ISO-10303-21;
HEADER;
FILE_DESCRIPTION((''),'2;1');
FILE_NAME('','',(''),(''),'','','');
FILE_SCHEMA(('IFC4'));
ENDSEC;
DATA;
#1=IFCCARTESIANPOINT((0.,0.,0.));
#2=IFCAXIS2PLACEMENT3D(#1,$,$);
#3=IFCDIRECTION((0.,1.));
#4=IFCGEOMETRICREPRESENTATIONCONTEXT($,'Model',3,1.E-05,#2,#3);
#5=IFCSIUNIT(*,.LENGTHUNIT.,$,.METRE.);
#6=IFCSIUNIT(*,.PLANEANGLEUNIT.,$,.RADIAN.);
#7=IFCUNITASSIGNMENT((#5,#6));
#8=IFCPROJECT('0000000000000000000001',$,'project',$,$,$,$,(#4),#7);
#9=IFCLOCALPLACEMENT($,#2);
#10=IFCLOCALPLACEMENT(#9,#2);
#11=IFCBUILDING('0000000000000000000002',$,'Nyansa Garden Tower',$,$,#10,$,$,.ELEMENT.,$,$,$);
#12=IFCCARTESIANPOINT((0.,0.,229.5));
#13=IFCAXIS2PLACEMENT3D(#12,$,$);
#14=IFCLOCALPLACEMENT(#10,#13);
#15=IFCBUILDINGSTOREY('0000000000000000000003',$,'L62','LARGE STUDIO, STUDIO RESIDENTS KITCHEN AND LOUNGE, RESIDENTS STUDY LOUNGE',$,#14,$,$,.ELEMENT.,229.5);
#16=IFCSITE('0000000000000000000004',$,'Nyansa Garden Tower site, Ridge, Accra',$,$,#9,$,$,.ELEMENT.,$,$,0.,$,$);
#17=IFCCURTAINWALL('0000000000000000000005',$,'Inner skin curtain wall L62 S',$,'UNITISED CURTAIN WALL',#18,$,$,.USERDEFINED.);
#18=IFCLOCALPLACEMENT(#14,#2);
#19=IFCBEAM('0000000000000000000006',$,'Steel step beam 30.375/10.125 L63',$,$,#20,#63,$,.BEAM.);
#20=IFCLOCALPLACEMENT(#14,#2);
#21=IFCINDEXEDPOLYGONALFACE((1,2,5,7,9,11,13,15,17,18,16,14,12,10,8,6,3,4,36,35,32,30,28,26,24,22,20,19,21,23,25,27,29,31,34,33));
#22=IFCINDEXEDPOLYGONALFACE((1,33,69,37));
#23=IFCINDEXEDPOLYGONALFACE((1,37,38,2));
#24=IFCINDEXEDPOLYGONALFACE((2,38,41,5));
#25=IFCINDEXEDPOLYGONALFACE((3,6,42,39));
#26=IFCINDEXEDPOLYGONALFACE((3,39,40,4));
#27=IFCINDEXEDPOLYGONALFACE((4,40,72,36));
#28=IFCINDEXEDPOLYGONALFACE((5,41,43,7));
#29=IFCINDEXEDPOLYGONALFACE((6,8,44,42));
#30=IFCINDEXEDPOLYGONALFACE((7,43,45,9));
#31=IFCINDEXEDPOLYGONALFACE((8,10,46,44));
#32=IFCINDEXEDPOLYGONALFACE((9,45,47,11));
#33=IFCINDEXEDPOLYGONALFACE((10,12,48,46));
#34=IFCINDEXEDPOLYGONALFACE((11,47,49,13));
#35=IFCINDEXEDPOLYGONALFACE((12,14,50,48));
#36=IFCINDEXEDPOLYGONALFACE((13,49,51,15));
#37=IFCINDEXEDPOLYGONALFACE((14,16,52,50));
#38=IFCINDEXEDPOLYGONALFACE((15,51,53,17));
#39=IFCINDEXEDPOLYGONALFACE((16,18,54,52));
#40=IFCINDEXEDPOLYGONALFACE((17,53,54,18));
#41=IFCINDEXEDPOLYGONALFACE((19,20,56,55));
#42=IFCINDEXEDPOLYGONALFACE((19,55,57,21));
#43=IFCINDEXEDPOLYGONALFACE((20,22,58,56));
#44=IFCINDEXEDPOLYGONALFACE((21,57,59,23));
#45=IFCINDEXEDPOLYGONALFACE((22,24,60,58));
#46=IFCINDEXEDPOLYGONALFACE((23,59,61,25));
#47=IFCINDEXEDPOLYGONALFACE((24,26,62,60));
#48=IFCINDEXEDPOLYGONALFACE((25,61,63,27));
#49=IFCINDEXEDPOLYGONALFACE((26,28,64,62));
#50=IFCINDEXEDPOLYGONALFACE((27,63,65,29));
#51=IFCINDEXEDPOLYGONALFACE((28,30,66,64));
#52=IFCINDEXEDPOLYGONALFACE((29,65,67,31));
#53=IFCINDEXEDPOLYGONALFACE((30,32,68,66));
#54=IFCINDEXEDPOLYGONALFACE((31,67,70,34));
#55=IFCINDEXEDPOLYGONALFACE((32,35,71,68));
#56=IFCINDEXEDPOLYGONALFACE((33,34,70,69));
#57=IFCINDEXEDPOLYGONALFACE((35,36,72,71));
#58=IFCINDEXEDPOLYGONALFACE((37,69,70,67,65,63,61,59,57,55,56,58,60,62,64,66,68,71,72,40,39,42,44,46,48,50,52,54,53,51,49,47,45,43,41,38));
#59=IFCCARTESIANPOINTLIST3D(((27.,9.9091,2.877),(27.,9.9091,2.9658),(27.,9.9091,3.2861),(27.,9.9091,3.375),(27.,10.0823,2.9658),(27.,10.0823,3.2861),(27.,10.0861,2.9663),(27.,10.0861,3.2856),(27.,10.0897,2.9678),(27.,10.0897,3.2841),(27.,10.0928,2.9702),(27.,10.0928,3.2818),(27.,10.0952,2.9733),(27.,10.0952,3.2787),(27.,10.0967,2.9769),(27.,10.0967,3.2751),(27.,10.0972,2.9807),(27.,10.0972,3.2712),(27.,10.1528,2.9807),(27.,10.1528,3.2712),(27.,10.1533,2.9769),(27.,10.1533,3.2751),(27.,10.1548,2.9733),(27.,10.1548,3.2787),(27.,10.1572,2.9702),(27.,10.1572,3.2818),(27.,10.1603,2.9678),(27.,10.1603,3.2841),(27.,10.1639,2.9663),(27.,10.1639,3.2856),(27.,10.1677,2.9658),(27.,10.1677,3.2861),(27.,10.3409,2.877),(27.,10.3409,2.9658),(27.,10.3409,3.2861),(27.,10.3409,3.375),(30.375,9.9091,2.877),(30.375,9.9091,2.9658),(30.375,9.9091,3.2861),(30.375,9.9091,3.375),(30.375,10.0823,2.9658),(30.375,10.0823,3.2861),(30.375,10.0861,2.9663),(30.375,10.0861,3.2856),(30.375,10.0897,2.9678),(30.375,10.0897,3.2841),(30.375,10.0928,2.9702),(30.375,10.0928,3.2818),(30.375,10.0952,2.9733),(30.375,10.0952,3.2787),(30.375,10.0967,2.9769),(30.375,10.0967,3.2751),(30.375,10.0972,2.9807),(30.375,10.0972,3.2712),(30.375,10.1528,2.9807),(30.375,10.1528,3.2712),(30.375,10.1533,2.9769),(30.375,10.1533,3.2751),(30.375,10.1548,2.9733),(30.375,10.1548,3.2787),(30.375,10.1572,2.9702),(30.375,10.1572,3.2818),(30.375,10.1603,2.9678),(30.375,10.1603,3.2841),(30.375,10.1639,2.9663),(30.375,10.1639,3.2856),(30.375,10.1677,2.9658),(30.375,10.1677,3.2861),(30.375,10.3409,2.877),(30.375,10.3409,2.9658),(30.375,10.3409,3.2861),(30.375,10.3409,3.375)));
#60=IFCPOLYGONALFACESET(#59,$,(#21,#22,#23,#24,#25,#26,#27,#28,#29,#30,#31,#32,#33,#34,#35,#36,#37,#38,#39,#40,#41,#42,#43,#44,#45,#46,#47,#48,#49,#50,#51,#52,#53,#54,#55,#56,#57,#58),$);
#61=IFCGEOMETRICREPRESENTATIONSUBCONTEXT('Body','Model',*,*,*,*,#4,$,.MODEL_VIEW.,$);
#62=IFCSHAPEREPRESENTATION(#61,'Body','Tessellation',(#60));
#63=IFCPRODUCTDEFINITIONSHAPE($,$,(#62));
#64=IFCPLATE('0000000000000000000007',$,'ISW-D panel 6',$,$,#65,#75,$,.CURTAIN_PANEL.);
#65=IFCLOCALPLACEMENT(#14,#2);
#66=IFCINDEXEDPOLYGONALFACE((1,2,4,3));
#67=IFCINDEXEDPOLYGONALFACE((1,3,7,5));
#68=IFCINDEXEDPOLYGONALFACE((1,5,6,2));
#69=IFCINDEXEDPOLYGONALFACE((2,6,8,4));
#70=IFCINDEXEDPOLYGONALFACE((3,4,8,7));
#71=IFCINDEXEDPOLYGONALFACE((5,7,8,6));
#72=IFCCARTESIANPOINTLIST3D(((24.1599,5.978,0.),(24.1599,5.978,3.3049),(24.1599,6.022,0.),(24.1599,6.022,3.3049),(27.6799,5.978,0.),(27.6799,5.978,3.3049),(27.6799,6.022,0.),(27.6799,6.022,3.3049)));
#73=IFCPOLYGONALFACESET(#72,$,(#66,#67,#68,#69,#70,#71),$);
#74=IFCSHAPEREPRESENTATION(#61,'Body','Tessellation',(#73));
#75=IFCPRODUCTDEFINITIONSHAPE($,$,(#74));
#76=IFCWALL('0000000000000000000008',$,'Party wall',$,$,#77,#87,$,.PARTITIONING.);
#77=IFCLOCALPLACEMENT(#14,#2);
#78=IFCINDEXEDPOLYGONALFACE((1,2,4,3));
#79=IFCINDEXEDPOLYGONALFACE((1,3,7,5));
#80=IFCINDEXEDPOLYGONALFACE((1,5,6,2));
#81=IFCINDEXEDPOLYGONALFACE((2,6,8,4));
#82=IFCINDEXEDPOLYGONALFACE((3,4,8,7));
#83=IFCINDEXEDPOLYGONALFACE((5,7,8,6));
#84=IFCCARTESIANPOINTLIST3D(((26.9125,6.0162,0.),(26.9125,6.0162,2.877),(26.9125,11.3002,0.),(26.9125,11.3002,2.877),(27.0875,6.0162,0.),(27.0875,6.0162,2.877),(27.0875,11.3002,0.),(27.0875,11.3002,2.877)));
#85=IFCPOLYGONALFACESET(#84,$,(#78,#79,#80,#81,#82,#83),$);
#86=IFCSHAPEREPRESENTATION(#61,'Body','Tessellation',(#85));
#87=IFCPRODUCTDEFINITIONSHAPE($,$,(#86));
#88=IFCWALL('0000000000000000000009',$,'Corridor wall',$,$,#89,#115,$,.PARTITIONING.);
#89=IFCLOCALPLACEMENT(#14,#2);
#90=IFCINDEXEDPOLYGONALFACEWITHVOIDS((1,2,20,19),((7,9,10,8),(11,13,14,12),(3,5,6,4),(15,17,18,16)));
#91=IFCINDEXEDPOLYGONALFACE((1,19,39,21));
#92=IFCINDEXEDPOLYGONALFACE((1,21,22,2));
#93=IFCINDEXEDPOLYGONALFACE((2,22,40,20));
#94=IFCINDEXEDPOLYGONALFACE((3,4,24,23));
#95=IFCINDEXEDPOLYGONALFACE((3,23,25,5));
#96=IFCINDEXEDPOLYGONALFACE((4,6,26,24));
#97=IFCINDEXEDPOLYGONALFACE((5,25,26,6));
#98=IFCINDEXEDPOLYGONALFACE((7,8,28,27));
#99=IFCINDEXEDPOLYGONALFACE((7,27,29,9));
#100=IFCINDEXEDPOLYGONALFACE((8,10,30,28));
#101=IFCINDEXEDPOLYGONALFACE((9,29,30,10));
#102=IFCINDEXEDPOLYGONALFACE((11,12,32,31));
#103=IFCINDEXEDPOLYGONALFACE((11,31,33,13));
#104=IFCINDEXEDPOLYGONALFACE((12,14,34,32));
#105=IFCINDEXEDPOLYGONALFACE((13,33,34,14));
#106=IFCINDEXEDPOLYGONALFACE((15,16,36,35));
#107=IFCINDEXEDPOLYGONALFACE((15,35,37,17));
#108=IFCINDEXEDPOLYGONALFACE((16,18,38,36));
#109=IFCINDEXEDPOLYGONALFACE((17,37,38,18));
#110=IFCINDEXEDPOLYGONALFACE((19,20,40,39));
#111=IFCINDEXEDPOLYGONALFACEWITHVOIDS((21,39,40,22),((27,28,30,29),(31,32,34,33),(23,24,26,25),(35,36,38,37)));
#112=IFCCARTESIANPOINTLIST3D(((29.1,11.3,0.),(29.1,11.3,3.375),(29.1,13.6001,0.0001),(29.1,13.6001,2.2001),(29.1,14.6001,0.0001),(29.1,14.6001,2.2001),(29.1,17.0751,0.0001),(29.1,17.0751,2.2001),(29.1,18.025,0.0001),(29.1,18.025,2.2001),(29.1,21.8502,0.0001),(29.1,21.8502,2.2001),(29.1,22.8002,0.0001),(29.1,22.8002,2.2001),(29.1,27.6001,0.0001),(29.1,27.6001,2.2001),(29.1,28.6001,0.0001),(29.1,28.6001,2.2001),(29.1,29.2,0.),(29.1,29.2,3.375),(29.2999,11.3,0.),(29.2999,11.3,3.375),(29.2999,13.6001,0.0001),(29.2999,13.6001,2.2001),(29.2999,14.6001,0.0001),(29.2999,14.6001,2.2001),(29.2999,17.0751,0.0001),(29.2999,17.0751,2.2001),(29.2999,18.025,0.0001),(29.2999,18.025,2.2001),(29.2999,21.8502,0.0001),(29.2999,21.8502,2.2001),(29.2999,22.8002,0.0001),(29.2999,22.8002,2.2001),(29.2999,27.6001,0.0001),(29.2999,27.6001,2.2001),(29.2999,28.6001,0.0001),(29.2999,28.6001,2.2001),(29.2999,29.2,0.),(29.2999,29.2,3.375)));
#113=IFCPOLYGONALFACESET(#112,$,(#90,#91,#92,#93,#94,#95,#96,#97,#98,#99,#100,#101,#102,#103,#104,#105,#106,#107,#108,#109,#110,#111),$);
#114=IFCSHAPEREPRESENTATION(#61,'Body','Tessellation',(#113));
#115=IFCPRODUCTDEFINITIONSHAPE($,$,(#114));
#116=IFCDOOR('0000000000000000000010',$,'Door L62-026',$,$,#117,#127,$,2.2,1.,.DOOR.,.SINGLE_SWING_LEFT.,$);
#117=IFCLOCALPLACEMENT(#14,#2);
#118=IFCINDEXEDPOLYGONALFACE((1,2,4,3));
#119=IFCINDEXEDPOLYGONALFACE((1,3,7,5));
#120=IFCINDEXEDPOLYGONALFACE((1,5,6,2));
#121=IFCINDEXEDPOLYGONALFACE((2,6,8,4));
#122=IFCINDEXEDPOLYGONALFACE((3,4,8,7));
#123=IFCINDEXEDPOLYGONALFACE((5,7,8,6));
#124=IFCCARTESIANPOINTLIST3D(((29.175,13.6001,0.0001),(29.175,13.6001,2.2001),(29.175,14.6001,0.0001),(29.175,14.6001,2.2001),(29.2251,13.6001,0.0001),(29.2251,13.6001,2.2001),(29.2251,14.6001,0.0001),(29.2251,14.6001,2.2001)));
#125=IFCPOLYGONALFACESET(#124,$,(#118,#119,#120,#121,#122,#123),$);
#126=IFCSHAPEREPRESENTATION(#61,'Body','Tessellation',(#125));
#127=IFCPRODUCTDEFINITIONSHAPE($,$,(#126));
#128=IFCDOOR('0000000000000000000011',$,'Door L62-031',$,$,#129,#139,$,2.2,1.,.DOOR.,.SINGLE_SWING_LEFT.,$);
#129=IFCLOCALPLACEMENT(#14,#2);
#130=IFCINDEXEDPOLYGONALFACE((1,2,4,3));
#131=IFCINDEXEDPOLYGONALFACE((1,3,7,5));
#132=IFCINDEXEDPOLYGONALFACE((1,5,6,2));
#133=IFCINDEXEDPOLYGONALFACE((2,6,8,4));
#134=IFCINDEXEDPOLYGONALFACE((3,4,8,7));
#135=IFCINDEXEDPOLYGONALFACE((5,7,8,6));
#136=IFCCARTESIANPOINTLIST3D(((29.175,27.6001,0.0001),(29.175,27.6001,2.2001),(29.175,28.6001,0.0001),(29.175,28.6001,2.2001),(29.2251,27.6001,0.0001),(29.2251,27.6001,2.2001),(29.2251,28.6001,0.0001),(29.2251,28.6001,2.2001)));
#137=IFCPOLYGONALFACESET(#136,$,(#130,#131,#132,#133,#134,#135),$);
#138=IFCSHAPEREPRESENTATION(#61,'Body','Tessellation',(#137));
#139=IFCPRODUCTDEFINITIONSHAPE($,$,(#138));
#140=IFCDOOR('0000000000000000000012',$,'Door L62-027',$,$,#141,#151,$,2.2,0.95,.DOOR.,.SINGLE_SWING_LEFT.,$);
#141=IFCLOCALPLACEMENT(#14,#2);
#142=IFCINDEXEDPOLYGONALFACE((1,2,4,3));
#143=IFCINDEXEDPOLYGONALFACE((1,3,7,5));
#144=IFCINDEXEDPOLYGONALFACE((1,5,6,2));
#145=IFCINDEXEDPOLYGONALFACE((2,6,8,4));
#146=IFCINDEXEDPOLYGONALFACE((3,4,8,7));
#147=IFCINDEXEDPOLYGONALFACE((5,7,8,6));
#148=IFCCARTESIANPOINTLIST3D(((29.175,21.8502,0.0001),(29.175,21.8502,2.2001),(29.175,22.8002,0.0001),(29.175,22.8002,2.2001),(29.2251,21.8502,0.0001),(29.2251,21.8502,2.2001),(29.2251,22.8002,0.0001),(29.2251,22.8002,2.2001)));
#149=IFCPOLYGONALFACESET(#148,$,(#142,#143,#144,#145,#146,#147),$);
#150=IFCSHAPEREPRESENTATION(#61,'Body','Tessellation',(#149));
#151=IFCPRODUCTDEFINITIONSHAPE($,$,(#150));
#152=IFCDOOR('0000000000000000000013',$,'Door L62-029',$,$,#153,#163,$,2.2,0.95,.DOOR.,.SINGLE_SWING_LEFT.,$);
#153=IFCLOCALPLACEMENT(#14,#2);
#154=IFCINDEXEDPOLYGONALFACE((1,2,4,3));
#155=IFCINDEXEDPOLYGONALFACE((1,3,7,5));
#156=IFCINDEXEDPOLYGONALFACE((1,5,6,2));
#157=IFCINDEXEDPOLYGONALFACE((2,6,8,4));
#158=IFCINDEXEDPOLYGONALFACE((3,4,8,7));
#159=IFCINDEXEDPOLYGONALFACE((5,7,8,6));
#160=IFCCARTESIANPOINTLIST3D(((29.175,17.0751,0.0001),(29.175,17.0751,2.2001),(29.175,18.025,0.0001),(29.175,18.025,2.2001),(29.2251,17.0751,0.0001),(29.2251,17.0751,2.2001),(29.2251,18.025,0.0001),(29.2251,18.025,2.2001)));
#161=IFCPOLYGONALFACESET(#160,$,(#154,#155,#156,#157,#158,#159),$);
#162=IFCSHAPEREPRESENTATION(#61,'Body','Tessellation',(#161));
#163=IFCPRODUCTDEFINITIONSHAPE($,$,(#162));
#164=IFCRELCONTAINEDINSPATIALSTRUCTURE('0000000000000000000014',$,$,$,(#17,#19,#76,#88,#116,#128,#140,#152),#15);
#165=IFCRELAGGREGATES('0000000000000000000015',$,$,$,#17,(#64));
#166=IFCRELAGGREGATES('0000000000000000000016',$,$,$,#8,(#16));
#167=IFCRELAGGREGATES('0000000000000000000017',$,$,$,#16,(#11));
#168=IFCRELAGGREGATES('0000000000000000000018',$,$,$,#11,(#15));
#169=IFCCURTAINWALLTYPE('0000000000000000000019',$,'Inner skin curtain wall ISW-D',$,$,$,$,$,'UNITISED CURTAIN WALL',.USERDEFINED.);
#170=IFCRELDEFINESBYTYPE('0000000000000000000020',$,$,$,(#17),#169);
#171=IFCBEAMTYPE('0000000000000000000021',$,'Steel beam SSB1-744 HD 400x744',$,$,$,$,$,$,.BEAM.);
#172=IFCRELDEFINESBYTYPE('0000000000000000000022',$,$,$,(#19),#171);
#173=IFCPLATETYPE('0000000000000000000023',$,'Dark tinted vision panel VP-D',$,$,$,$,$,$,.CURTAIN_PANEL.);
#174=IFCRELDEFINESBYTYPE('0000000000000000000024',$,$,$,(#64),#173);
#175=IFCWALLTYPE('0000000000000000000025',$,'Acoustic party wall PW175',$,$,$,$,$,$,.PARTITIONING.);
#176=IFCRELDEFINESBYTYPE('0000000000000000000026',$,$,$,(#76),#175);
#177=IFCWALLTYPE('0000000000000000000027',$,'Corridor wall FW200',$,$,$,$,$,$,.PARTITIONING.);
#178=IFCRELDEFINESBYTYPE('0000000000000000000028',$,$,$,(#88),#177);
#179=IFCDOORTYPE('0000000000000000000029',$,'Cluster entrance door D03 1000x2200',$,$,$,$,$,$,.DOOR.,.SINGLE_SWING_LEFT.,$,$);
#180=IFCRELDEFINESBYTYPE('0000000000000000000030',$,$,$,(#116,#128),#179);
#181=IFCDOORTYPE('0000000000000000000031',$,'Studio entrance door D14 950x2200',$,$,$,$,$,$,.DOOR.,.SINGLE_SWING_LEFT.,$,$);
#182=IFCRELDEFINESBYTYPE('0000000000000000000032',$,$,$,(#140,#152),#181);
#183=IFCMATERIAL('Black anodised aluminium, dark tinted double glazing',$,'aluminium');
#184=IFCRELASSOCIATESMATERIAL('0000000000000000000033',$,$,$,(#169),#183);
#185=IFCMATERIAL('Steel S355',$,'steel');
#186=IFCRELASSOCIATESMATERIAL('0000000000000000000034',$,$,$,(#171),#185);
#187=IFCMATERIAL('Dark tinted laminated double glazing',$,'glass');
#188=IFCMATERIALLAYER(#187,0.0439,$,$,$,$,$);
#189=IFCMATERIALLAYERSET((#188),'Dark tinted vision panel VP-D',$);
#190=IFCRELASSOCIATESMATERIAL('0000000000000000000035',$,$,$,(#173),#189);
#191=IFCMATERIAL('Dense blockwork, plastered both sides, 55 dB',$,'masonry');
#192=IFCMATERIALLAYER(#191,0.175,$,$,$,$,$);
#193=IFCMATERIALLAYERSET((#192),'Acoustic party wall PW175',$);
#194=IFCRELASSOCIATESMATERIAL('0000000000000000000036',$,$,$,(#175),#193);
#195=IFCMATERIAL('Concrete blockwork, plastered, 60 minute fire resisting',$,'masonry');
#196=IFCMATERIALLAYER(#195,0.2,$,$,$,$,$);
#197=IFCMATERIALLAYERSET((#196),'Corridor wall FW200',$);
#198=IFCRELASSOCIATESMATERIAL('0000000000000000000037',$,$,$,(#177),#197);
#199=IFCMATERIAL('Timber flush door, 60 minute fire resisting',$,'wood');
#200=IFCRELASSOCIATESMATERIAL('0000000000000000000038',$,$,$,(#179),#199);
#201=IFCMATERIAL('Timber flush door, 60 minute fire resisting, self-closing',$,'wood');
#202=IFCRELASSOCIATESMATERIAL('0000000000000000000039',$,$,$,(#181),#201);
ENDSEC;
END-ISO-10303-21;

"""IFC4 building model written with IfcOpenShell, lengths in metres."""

from ifc_helpers import new_model, si_unit, direction, frame, frame_2d, origin, origin_2d, place, context, subcontext, project, spatial, rectangle, i_section, extrude, material, layer, layer_set, material_profile, profile_set, type_object, element, fill, aggregate, save


model = new_model("IFC4")

# Units and contexts
model_context = context("Model", 3, precision=1e-05, world=origin(), true_north=direction((0.0, 1.0)))
body_context = subcontext(model_context, "Body", "Model", "MODEL_VIEW")
ifc_project = project(units=[si_unit("LENGTHUNIT", "METRE"), si_unit("PLANEANGLEUNIT", "RADIAN")], contexts=[model_context])

# Site, building, storey
site_placement = place(None, origin())
site = spatial("IfcSite", under=ifc_project, at=site_placement, Name="Nyansa Garden Tower site, Ridge, Accra", CompositionType="ELEMENT", RefElevation=0.0)
building_placement = place(site_placement, origin())
building = spatial("IfcBuilding", under=site, at=building_placement, Name="Nyansa Garden Tower", CompositionType="ELEMENT")
storey_placement = place(building_placement, frame((0.0, 0.0, 229.5)))
storey = spatial("IfcBuildingStorey", under=building, at=storey_placement, Name="L62", Description="LARGE STUDIO, STUDIO RESIDENTS KITCHEN AND LOUNGE, RESIDENTS STUDY LOUNGE", CompositionType="ELEMENT", Elevation=229.5)

# Curtain wall
ifc_material_1 = material(Name="Black anodised aluminium, dark tinted double glazing", Category="aluminium")
curtain_wall_type = type_object("IfcCurtainWallType", Name="Inner skin curtain wall ISW-D", ElementType="UNITISED CURTAIN WALL", PredefinedType="USERDEFINED", material=ifc_material_1)
curtain_wall_1_placement = place(storey_placement, origin())
curtain_wall_1 = element("IfcCurtainWall", 1, at=curtain_wall_1_placement, inside=storey, type_object=curtain_wall_type, Name="Inner skin curtain wall L62 S", ObjectType="UNITISED CURTAIN WALL", PredefinedType="USERDEFINED")

# Beam
ifc_material_2 = material(Name="Steel S355", Category="steel")
ifc_material_profile_1 = material_profile(ifc_material_2, i_section(OverallWidth=0.4319, OverallDepth=0.498, WebThickness=0.0557, FlangeThickness=0.0889, FilletRadius=0.0149, at=origin_2d()), Name="HD 400x744")
ifc_profile_set_1 = profile_set([ifc_material_profile_1], Name="Steel S355")
beam_type_1 = type_object("IfcBeamType", Name="Steel beam SSB1-744 HD 400x744", PredefinedType="BEAM", material=ifc_profile_set_1)
for number, where, z_axis, x_axis, name in (
    (2, (30.375, 10.125, 3.126), (-1.0, 0.0, 0.0), (0.0, -1.0, 0.0), "Steel step beam 30.375/10.125 L63"),
):
    element("IfcBeam", number, at=place(storey_placement, frame(where, z_axis=z_axis, x_axis=x_axis)), inside=storey, type_object=beam_type_1, Name=name, PredefinedType="BEAM", context=body_context, shape_type="SweptSolid", body=[
        extrude(i_section(OverallWidth=0.4319, OverallDepth=0.498, WebThickness=0.0557, FlangeThickness=0.0889, FilletRadius=0.0149, at=origin_2d()), origin(), (0.0, 0.0, 1.0), 3.375),
    ])

# Plate
ifc_material_3 = material(Name="Dark tinted laminated double glazing", Category="glass")
ifc_layer_1 = layer(ifc_material_3, 0.0439)
ifc_layer_set_1 = layer_set([ifc_layer_1], Name="Dark tinted vision panel VP-D")
plate_type = type_object("IfcPlateType", Name="Dark tinted vision panel VP-D", PredefinedType="CURTAIN_PANEL", material=ifc_layer_set_1)
plate_placement = place(storey_placement, frame((25.9199, 6.0, 0.0), z_axis=(0.0, 0.0, 1.0), x_axis=(1.0, 0.0, 0.0)))
plate = element("IfcPlate", 3, at=plate_placement, type_object=plate_type, Name="ISW-D panel 6", PredefinedType="CURTAIN_PANEL", context=body_context, shape_type="SweptSolid", body=[
    extrude(rectangle(XDim=3.52, YDim=0.0439, at=origin_2d()), origin(), (0.0, 0.0, 1.0), 3.3049),
])
aggregate(curtain_wall_1, [plate])

# Wall
ifc_material_4 = material(Name="Dense blockwork, plastered both sides, 55 dB", Category="masonry")
ifc_layer_2 = layer(ifc_material_4, 0.175)
ifc_layer_set_2 = layer_set([ifc_layer_2], Name="Acoustic party wall PW175")
wall_type_1 = type_object("IfcWallType", Name="Acoustic party wall PW175", PredefinedType="PARTITIONING", material=ifc_layer_set_2)
wall_1_placement = place(storey_placement, frame((27.0, 6.0161, 0.0), z_axis=(0.0, 0.0, 1.0), x_axis=(0.0, 1.0, 0.0)))
element("IfcWall", 4, at=wall_1_placement, inside=storey, type_object=wall_type_1, Name="Party wall", PredefinedType="PARTITIONING", context=body_context, shape_type="SweptSolid", body=[
    extrude(rectangle(XDim=5.2839, YDim=0.175, at=frame_2d((2.6421, 0.0))), origin(), (0.0, 0.0, 1.0), 2.877),
])

# Wall, openings, doors
ifc_material_5 = material(Name="Concrete blockwork, plastered, 60 minute fire resisting", Category="masonry")
ifc_layer_3 = layer(ifc_material_5, 0.2)
ifc_layer_set_3 = layer_set([ifc_layer_3], Name="Corridor wall FW200")
wall_type_2 = type_object("IfcWallType", Name="Corridor wall FW200", PredefinedType="PARTITIONING", material=ifc_layer_set_3)
wall_2_placement = place(storey_placement, frame((29.2, 11.3, 0.0), z_axis=(0.0, 0.0, 1.0), x_axis=(0.0, 1.0, 0.0)))
wall_2 = element("IfcWall", 5, at=wall_2_placement, inside=storey, type_object=wall_type_2, Name="Corridor wall", PredefinedType="PARTITIONING", context=body_context, shape_type="SweptSolid", body=[
    extrude(rectangle(XDim=17.8999, YDim=0.2, at=frame_2d((8.95, 0.0))), origin(), (0.0, 0.0, 1.0), 3.375),
])
opening_1_placement = place(wall_2_placement, frame((2.3, 0.0, 0.0)))
opening_1 = element("IfcOpeningElement", 6, at=opening_1_placement, cuts=wall_2, PredefinedType="OPENING", context=body_context, shape_type="SweptSolid", body=[
    extrude(rectangle(XDim=1.0, YDim=2.2, at=frame_2d((0.5, 1.1001))), frame((0.0, 0.1099, 0.0), z_axis=(0.0, -1.0, 0.0), x_axis=(1.0, 0.0, 0.0)), (0.0, 0.0, 1.0), 0.22),
])
opening_2_placement = place(wall_2_placement, frame((10.55, 0.0, 0.0)))
opening_2 = element("IfcOpeningElement", 7, at=opening_2_placement, cuts=wall_2, PredefinedType="OPENING", context=body_context, shape_type="SweptSolid", body=[
    extrude(rectangle(XDim=0.95, YDim=2.2, at=frame_2d((0.4751, 1.1001))), frame((0.0, 0.1099, 0.0), z_axis=(0.0, -1.0, 0.0), x_axis=(1.0, 0.0, 0.0)), (0.0, 0.0, 1.0), 0.22),
])
opening_3_placement = place(wall_2_placement, frame((5.7749, 0.0, 0.0)))
opening_3 = element("IfcOpeningElement", 8, at=opening_3_placement, cuts=wall_2, PredefinedType="OPENING", context=body_context, shape_type="SweptSolid", body=[
    extrude(rectangle(XDim=0.95, YDim=2.2, at=frame_2d((0.4751, 1.1001))), frame((0.0, 0.1099, 0.0), z_axis=(0.0, -1.0, 0.0), x_axis=(1.0, 0.0, 0.0)), (0.0, 0.0, 1.0), 0.22),
])
opening_4_placement = place(wall_2_placement, frame((16.3, 0.0, 0.0)))
opening_4 = element("IfcOpeningElement", 9, at=opening_4_placement, cuts=wall_2, PredefinedType="OPENING", context=body_context, shape_type="SweptSolid", body=[
    extrude(rectangle(XDim=1.0, YDim=2.2, at=frame_2d((0.5, 1.1001))), frame((0.0, 0.1099, 0.0), z_axis=(0.0, -1.0, 0.0), x_axis=(1.0, 0.0, 0.0)), (0.0, 0.0, 1.0), 0.22),
])
ifc_material_6 = material(Name="Timber flush door, 60 minute fire resisting", Category="wood")
door_type_1 = type_object("IfcDoorType", Name="Cluster entrance door D03 1000x2200", OperationType="SINGLE_SWING_LEFT", PredefinedType="DOOR", material=ifc_material_6)
door_1_placement = place(opening_1_placement, origin())
door_1 = element("IfcDoor", 10, at=door_1_placement, inside=storey, type_object=door_type_1, Name="Door L62-026", OperationType="SINGLE_SWING_LEFT", OverallHeight=2.2, OverallWidth=1.0, PredefinedType="DOOR", context=body_context, shape_type="SweptSolid", body=[
    extrude(rectangle(XDim=1.0, YDim=2.2, at=frame_2d((0.5, 1.1001))), frame((0.0, 0.0249, 0.0), z_axis=(0.0, -1.0, 0.0), x_axis=(1.0, 0.0, 0.0)), (0.0, 0.0, 1.0), 0.05),
])
fill(opening_1, door_1)
door_2_placement = place(opening_4_placement, origin())
door_2 = element("IfcDoor", 11, at=door_2_placement, inside=storey, type_object=door_type_1, Name="Door L62-031", OperationType="SINGLE_SWING_LEFT", OverallHeight=2.2, OverallWidth=1.0, PredefinedType="DOOR", context=body_context, shape_type="SweptSolid", body=[
    extrude(rectangle(XDim=1.0, YDim=2.2, at=frame_2d((0.5, 1.1001))), frame((0.0, 0.0249, 0.0), z_axis=(0.0, -1.0, 0.0), x_axis=(1.0, 0.0, 0.0)), (0.0, 0.0, 1.0), 0.05),
])
fill(opening_4, door_2)
ifc_material_7 = material(Name="Timber flush door, 60 minute fire resisting, self-closing", Category="wood")
door_type_2 = type_object("IfcDoorType", Name="Studio entrance door D14 950x2200", OperationType="SINGLE_SWING_LEFT", PredefinedType="DOOR", material=ifc_material_7)
door_3_placement = place(opening_2_placement, origin())
door_3 = element("IfcDoor", 12, at=door_3_placement, inside=storey, type_object=door_type_2, Name="Door L62-027", OperationType="SINGLE_SWING_LEFT", OverallHeight=2.2, OverallWidth=0.95, PredefinedType="DOOR", context=body_context, shape_type="SweptSolid", body=[
    extrude(rectangle(XDim=0.95, YDim=2.2, at=frame_2d((0.4751, 1.1001))), frame((0.0, 0.0249, 0.0), z_axis=(0.0, -1.0, 0.0), x_axis=(1.0, 0.0, 0.0)), (0.0, 0.0, 1.0), 0.05),
])
fill(opening_2, door_3)
door_4_placement = place(opening_3_placement, origin())
door_4 = element("IfcDoor", 13, at=door_4_placement, inside=storey, type_object=door_type_2, Name="Door L62-029", OperationType="SINGLE_SWING_LEFT", OverallHeight=2.2, OverallWidth=0.95, PredefinedType="DOOR", context=body_context, shape_type="SweptSolid", body=[
    extrude(rectangle(XDim=0.95, YDim=2.2, at=frame_2d((0.4751, 1.1001))), frame((0.0, 0.0249, 0.0), z_axis=(0.0, -1.0, 0.0), x_axis=(1.0, 0.0, 0.0)), (0.0, 0.0, 1.0), 0.05),
])
fill(opening_3, door_4)

save(model, "model.ifc")
